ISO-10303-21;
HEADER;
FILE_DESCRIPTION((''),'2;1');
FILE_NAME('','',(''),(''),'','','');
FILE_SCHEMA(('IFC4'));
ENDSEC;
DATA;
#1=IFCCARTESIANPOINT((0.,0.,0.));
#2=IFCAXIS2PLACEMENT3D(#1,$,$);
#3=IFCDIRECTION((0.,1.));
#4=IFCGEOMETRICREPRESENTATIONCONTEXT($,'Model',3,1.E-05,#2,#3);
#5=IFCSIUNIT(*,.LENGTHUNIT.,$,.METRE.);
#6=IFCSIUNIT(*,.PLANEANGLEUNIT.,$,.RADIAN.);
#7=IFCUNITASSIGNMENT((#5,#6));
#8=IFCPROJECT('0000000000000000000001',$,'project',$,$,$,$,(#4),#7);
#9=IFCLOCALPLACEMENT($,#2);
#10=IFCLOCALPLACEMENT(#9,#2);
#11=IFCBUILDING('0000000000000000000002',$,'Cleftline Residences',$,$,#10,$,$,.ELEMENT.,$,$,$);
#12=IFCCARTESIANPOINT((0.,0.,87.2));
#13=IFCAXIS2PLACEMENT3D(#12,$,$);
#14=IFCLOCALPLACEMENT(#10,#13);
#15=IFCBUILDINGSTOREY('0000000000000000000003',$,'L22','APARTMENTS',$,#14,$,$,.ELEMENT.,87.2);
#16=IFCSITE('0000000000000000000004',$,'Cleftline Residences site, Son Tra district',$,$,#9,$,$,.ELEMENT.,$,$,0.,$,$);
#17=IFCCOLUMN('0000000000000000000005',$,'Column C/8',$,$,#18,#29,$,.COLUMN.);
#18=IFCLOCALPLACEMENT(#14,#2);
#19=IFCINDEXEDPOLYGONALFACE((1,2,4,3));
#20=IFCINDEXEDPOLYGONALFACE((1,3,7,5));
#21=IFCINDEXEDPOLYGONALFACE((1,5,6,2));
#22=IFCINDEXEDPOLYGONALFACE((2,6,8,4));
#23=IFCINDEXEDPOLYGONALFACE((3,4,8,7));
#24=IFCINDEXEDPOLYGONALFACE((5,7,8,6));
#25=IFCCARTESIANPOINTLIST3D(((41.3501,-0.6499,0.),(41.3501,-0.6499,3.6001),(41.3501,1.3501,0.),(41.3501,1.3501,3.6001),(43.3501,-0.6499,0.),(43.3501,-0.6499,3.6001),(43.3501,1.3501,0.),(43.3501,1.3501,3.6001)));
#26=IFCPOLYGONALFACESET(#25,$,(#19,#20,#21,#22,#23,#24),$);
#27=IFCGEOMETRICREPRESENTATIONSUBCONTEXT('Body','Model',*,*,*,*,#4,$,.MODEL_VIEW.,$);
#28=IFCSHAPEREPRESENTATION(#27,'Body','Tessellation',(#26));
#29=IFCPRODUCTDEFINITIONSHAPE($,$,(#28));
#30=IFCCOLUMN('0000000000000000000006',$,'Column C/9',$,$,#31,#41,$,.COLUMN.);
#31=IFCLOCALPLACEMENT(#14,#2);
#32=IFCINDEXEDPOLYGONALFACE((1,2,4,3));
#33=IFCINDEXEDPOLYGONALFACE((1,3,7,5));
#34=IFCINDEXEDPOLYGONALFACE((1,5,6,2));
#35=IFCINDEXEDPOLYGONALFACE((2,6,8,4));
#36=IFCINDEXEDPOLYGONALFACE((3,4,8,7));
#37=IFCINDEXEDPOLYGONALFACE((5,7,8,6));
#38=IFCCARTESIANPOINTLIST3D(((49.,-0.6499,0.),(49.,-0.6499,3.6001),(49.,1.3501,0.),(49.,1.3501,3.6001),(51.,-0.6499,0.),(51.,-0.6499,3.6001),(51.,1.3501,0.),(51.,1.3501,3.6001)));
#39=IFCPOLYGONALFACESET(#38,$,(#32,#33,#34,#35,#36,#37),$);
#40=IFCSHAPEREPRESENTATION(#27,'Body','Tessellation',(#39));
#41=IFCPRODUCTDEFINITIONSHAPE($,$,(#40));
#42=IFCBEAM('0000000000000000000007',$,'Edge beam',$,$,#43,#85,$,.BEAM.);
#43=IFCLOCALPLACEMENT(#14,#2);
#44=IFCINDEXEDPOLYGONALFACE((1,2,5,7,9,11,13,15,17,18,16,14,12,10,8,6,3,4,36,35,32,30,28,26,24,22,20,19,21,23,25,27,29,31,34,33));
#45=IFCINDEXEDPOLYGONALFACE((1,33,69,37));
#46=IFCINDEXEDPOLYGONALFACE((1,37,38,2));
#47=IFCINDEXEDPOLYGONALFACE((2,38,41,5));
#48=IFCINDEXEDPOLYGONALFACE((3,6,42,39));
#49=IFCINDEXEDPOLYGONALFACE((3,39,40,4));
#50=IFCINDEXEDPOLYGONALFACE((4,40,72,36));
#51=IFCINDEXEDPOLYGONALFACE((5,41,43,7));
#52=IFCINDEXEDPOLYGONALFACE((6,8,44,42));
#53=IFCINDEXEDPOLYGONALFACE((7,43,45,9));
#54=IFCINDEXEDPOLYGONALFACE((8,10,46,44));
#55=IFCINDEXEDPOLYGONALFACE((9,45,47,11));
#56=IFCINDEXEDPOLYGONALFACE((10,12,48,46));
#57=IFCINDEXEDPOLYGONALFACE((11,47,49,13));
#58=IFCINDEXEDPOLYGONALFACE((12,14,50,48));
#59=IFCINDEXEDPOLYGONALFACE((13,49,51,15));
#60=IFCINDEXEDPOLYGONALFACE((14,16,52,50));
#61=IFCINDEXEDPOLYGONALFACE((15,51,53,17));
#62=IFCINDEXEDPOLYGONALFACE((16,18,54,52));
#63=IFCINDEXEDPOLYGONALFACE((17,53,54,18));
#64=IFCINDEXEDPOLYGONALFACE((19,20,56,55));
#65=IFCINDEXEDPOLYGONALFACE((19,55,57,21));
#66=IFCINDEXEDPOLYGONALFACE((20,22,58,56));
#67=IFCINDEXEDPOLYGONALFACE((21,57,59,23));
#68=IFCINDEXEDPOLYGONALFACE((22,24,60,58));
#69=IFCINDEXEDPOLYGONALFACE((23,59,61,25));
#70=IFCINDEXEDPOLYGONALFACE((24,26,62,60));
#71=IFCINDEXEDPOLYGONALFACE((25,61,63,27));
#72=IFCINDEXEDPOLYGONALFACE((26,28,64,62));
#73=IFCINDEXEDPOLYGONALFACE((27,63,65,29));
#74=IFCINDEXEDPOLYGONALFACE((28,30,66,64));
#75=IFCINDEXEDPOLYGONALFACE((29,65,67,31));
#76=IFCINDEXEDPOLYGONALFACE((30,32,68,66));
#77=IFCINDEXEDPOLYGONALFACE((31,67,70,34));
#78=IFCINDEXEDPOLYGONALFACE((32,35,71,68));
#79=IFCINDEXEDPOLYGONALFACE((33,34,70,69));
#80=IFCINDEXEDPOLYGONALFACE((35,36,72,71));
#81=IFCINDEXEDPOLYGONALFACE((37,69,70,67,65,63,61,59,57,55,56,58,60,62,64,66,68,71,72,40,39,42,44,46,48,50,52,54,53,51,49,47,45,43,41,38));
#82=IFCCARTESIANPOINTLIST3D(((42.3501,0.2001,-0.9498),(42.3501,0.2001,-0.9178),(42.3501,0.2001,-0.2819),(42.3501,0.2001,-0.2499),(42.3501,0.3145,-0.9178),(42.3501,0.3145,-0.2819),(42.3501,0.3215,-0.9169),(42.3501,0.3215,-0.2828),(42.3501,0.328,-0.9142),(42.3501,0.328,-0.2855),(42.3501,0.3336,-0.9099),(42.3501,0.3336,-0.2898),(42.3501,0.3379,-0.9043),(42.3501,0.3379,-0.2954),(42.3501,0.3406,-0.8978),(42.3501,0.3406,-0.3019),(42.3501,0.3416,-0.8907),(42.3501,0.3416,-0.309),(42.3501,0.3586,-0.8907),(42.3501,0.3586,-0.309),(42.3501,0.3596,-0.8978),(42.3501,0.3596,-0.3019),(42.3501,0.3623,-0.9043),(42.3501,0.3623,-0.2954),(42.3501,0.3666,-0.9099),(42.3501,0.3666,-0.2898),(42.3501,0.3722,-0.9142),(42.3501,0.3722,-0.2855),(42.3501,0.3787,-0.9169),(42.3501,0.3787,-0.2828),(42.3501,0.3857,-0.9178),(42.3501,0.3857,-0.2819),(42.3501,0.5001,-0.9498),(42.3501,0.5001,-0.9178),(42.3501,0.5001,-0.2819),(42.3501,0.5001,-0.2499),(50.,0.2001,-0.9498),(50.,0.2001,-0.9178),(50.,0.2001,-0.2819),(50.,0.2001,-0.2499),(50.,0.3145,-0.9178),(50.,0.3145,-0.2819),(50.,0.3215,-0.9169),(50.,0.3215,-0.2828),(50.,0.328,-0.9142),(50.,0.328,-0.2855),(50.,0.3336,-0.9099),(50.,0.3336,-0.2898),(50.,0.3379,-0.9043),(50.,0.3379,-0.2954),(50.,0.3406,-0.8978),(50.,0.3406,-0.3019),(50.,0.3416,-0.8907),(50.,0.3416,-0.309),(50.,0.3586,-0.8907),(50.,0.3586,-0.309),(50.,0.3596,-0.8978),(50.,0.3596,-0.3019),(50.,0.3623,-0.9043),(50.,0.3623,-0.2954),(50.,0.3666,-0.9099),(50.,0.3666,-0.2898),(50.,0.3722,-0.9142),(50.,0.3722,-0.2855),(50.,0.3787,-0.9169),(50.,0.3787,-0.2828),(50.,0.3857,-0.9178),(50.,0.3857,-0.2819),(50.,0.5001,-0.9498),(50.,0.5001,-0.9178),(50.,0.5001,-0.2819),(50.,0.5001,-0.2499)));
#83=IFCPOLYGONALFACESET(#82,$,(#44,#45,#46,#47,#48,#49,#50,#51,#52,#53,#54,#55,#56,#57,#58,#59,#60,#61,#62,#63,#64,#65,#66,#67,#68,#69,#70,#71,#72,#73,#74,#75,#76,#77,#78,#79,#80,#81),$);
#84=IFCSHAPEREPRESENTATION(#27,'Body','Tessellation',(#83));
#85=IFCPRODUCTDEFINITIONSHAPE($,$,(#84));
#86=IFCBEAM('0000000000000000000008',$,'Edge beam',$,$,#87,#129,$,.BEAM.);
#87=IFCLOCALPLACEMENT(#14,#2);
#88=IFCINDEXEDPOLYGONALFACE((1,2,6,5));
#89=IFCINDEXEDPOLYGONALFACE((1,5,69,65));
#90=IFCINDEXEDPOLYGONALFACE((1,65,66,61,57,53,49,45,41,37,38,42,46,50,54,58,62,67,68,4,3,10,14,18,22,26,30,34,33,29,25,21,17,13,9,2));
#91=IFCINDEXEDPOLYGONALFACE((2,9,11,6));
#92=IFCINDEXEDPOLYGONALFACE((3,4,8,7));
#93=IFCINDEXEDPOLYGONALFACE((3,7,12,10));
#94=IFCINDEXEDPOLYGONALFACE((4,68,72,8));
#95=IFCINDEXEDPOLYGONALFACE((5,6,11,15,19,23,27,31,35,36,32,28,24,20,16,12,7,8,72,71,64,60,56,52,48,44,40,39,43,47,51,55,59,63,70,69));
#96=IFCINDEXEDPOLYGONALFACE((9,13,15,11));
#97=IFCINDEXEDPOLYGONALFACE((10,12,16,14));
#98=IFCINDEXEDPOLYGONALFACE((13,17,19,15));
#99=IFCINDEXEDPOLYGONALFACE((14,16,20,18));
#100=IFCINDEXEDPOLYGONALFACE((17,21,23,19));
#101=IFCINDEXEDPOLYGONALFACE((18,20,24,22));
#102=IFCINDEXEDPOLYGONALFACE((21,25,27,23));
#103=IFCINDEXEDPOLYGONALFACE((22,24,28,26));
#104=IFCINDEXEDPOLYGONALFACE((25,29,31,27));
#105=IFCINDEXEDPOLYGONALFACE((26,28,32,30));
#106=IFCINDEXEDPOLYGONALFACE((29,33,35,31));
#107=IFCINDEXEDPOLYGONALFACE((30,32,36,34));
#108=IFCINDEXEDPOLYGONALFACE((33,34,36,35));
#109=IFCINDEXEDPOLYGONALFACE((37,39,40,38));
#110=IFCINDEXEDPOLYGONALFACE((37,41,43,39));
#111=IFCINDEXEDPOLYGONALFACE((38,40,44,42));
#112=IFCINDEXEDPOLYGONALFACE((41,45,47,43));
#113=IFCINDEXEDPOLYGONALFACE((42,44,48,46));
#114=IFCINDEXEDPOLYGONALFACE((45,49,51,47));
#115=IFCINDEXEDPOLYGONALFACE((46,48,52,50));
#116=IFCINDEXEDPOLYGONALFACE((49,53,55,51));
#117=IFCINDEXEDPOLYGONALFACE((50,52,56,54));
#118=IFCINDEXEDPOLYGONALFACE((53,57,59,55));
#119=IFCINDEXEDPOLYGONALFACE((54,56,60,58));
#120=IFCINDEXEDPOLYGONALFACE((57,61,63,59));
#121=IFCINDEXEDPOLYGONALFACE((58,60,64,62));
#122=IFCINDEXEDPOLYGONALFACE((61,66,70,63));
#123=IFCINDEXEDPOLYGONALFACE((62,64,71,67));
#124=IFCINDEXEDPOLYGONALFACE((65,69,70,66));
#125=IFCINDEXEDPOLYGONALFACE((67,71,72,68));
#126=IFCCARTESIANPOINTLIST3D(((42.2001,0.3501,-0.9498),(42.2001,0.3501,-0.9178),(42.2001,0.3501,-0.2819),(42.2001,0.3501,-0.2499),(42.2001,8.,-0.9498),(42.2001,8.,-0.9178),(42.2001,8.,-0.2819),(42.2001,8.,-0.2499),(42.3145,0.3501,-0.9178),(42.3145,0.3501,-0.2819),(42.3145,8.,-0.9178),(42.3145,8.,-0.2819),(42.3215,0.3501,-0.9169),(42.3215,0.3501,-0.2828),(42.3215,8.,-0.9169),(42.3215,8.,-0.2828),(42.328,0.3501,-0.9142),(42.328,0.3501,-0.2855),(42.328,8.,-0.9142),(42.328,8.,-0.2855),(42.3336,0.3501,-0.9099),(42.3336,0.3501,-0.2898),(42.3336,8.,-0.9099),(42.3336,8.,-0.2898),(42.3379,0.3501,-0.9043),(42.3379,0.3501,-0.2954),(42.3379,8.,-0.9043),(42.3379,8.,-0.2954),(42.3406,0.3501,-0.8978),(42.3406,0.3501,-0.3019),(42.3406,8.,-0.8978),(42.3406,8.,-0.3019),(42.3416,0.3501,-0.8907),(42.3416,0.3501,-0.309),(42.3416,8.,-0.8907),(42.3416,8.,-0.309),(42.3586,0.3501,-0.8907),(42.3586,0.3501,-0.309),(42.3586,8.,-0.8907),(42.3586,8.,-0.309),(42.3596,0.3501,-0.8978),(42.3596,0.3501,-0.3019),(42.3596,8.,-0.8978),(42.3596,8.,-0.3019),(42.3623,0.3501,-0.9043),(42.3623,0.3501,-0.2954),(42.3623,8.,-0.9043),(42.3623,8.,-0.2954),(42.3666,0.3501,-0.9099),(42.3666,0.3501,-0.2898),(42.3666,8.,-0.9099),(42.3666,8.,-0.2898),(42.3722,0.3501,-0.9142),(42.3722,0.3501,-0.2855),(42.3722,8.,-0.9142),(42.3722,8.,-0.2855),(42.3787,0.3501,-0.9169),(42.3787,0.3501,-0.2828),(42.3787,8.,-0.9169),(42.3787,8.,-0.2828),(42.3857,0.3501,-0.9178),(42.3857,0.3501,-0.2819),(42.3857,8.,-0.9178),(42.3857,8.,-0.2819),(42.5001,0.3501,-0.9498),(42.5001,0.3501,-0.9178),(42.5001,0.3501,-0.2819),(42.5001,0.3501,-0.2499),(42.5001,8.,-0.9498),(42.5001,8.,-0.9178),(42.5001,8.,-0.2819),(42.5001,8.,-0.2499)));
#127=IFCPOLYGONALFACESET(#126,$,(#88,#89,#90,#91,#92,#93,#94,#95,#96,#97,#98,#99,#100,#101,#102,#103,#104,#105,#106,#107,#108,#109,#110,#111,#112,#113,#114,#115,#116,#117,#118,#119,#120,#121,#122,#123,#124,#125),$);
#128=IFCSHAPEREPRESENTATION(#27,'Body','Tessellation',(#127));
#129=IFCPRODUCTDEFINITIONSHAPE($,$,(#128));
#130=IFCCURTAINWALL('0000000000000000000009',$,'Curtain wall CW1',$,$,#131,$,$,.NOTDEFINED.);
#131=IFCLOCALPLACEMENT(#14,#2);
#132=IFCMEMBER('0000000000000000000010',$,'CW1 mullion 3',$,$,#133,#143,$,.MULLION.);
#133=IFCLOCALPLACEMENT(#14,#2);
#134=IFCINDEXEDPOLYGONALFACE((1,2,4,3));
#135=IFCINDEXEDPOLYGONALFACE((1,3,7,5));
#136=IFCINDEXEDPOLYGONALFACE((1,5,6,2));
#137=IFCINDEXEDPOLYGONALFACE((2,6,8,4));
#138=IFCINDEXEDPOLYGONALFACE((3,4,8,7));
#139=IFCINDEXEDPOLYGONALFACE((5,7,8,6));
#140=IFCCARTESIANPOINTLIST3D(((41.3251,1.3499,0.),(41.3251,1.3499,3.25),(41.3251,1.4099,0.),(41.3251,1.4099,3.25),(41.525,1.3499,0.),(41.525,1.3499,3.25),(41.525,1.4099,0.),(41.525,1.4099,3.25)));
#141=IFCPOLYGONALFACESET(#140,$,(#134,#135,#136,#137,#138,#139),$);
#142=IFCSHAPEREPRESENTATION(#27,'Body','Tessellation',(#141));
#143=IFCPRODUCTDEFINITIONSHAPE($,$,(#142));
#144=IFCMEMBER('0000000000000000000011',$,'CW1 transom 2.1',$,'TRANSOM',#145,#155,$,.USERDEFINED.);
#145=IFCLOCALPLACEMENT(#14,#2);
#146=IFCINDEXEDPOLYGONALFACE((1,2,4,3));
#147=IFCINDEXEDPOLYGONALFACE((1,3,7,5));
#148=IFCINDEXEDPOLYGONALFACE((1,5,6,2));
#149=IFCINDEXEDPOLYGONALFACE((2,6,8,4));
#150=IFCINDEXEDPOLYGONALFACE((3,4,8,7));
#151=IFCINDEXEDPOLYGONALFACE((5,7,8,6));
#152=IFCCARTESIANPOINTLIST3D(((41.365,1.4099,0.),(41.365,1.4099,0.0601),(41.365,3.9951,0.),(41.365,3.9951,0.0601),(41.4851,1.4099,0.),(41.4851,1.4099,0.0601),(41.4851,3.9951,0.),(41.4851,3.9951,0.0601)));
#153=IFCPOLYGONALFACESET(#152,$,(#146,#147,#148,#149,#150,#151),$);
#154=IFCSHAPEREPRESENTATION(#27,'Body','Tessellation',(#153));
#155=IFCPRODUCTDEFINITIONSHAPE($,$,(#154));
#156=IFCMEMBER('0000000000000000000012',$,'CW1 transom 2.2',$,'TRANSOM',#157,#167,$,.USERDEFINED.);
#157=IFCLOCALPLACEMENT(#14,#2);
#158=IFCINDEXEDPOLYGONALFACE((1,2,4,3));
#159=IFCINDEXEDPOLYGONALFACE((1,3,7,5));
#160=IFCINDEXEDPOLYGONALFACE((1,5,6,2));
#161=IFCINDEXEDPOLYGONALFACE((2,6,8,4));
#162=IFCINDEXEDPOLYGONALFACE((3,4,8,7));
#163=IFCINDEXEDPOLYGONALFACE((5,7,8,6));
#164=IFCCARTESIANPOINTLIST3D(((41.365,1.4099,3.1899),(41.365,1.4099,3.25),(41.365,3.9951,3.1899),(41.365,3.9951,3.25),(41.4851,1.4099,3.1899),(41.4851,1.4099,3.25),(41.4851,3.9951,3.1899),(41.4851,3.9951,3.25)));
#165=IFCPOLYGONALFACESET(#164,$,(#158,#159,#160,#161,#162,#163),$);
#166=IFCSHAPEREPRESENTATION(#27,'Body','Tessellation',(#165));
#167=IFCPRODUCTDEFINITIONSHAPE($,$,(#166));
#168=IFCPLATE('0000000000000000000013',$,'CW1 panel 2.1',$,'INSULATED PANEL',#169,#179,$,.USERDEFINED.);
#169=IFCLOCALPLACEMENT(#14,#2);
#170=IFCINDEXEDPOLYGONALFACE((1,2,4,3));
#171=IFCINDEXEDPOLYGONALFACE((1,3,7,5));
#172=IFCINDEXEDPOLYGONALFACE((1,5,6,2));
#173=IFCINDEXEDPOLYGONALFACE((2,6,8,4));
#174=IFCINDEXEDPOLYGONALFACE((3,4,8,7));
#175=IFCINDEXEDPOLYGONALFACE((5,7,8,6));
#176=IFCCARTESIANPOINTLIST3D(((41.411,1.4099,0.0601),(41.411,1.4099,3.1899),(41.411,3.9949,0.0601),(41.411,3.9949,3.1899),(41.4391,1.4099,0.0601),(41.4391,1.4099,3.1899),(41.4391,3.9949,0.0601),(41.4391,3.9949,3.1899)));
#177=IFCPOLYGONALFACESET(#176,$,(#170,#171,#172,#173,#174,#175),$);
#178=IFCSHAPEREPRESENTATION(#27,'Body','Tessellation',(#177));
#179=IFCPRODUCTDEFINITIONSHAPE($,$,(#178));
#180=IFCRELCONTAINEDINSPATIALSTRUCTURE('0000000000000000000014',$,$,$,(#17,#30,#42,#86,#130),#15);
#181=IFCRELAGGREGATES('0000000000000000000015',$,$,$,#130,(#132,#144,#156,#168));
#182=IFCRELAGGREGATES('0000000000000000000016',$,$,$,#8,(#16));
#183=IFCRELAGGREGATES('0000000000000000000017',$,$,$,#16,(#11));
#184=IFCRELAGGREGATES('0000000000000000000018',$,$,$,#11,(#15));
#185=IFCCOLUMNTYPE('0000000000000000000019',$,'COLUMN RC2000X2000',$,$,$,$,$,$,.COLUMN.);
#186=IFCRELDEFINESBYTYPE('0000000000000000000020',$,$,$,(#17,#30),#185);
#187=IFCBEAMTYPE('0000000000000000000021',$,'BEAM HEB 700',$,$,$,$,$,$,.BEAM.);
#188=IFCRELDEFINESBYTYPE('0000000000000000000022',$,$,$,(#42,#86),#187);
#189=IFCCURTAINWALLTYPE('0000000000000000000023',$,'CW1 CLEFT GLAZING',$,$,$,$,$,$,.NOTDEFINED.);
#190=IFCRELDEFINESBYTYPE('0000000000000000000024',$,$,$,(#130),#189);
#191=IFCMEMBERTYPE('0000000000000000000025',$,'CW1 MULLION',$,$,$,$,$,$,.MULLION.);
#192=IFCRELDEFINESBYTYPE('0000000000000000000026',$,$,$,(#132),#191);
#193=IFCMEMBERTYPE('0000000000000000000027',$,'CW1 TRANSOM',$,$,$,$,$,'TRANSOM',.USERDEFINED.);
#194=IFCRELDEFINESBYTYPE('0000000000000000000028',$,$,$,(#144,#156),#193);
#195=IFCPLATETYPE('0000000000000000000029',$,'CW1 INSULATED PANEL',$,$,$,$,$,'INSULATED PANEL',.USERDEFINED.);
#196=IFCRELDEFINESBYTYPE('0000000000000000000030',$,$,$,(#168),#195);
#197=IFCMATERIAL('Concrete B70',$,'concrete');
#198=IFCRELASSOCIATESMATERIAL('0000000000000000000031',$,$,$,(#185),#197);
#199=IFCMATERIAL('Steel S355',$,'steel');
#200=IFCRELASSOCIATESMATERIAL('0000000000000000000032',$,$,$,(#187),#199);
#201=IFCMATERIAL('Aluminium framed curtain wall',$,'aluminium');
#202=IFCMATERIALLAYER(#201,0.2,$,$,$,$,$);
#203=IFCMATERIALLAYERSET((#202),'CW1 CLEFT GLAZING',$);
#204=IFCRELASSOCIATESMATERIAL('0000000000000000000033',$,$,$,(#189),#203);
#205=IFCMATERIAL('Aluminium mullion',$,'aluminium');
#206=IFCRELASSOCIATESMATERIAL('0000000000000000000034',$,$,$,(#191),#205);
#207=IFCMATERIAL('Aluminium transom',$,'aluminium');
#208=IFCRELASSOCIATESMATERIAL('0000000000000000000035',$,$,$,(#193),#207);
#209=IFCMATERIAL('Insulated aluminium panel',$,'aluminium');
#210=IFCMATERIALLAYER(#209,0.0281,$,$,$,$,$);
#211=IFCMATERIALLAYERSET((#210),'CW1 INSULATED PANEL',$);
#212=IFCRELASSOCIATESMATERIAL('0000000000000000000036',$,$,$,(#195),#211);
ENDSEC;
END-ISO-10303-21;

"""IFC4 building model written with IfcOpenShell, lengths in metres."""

from ifc_helpers import new_model, si_unit, direction, frame, origin, origin_2d, place, context, subcontext, project, spatial, rectangle, i_section, extrude, material, layer, layer_set, material_profile, profile_set, type_object, element, aggregate, save


model = new_model("IFC4")

# Units and contexts
model_context = context("Model", 3, precision=1e-05, world=origin(), true_north=direction((0.0, 1.0)))
body_context = subcontext(model_context, "Body", "Model", "MODEL_VIEW")
ifc_project = project(units=[si_unit("LENGTHUNIT", "METRE"), si_unit("PLANEANGLEUNIT", "RADIAN")], contexts=[model_context])

# Site, building, storey
site_placement = place(None, origin())
site = spatial("IfcSite", under=ifc_project, at=site_placement, Name="Cleftline Residences site, Son Tra district", CompositionType="ELEMENT", RefElevation=0.0)
building_placement = place(site_placement, origin())
building = spatial("IfcBuilding", under=site, at=building_placement, Name="Cleftline Residences", CompositionType="ELEMENT")
storey_placement = place(building_placement, frame((0.0, 0.0, 87.2)))
storey = spatial("IfcBuildingStorey", under=building, at=storey_placement, Name="L22", Description="APARTMENTS", CompositionType="ELEMENT", Elevation=87.2)

# Columns
ifc_material_1 = material(Name="Concrete B70", Category="concrete")
ifc_material_profile_1 = material_profile(ifc_material_1, rectangle(XDim=2.0, YDim=2.0, at=origin_2d()))
ifc_profile_set_1 = profile_set([ifc_material_profile_1], Name="Concrete B70")
column_type = type_object("IfcColumnType", Name="COLUMN RC2000X2000", PredefinedType="COLUMN", material=ifc_profile_set_1)
for number, where, z_axis, x_axis, name in (
    (1, (42.3501, 0.3501, 0.0), (0.0, 0.0, 1.0), (1.0, 0.0, 0.0), "Column C/8"),
    (2, (50.0, 0.3501, 0.0), (0.0, 0.0, 1.0), (1.0, 0.0, 0.0), "Column C/9"),
):
    element("IfcColumn", number, at=place(storey_placement, frame(where, z_axis=z_axis, x_axis=x_axis)), inside=storey, type_object=column_type, Name=name, PredefinedType="COLUMN", context=body_context, shape_type="SweptSolid", body=[
        extrude(rectangle(XDim=2.0, YDim=2.0, at=origin_2d()), origin(), (0.0, 0.0, 1.0), 3.6001),
    ])

# Beams
ifc_material_2 = material(Name="Steel S355", Category="steel")
ifc_material_profile_2 = material_profile(ifc_material_2, i_section(OverallWidth=0.3, OverallDepth=0.7, WebThickness=0.0171, FlangeThickness=0.032, FilletRadius=0.0271, at=origin_2d()))
ifc_profile_set_2 = profile_set([ifc_material_profile_2], Name="Steel S355")
beam_type = type_object("IfcBeamType", Name="BEAM HEB 700", PredefinedType="BEAM", material=ifc_profile_set_2)
for number, where, z_axis, x_axis, name in (
    (3, (50.0, 0.3501, -0.5999), (-1.0, 0.0, 0.0), (0.0, -1.0, 0.0), "Edge beam"),
    (4, (42.3501, 0.3501, -0.5999), (0.0, 1.0, 0.0), (-1.0, 0.0, 0.0), "Edge beam"),
):
    element("IfcBeam", number, at=place(storey_placement, frame(where, z_axis=z_axis, x_axis=x_axis)), inside=storey, type_object=beam_type, Name=name, PredefinedType="BEAM", context=body_context, shape_type="SweptSolid", body=[
        extrude(i_section(OverallWidth=0.3, OverallDepth=0.7, WebThickness=0.0171, FlangeThickness=0.032, FilletRadius=0.0271, at=origin_2d()), origin(), (0.0, 0.0, 1.0), 7.6499),
    ])

# Curtain wall, members, plate
ifc_material_3 = material(Name="Aluminium framed curtain wall", Category="aluminium")
ifc_layer_1 = layer(ifc_material_3, 0.2)
ifc_layer_set_1 = layer_set([ifc_layer_1], Name="CW1 CLEFT GLAZING")
curtain_wall_type = type_object("IfcCurtainWallType", Name="CW1 CLEFT GLAZING", PredefinedType="NOTDEFINED", material=ifc_layer_set_1)
curtain_wall_placement = place(storey_placement, origin())
curtain_wall = element("IfcCurtainWall", 5, at=curtain_wall_placement, inside=storey, type_object=curtain_wall_type, Name="Curtain wall CW1", PredefinedType="NOTDEFINED")
ifc_material_4 = material(Name="Aluminium mullion", Category="aluminium")
ifc_material_profile_3 = material_profile(ifc_material_4, rectangle(XDim=0.2, YDim=0.0601, at=origin_2d()))
ifc_profile_set_3 = profile_set([ifc_material_profile_3], Name="Aluminium mullion")
member_type_1 = type_object("IfcMemberType", Name="CW1 MULLION", PredefinedType="MULLION", material=ifc_profile_set_3)
member_1_placement = place(storey_placement, frame((41.425, 1.3799, 0.0), z_axis=(0.0, 0.0, 1.0), x_axis=(1.0, 0.0, 0.0)))
member_1 = element("IfcMember", 6, at=member_1_placement, type_object=member_type_1, Name="CW1 mullion 3", PredefinedType="MULLION", context=body_context, shape_type="SweptSolid", body=[
    extrude(rectangle(XDim=0.2, YDim=0.0601, at=origin_2d()), origin(), (0.0, 0.0, 1.0), 3.25),
])
ifc_material_5 = material(Name="Aluminium transom", Category="aluminium")
ifc_material_profile_4 = material_profile(ifc_material_5, rectangle(XDim=0.1201, YDim=0.0601, at=origin_2d()))
ifc_profile_set_4 = profile_set([ifc_material_profile_4], Name="Aluminium transom")
member_type_2 = type_object("IfcMemberType", Name="CW1 TRANSOM", ElementType="TRANSOM", PredefinedType="USERDEFINED", material=ifc_profile_set_4)
member_2_placement = place(storey_placement, frame((41.425, 3.9951, 0.03), z_axis=(0.0, -1.0, 0.0), x_axis=(1.0, 0.0, 0.0)))
member_2 = element("IfcMember", 7, at=member_2_placement, type_object=member_type_2, Name="CW1 transom 2.1", ObjectType="TRANSOM", PredefinedType="USERDEFINED", context=body_context, shape_type="SweptSolid", body=[
    extrude(rectangle(XDim=0.1201, YDim=0.0601, at=origin_2d()), origin(), (0.0, 0.0, 1.0), 2.5852),
])
member_3_placement = place(storey_placement, frame((41.425, 3.9951, 3.22), z_axis=(0.0, -1.0, 0.0), x_axis=(1.0, 0.0, 0.0)))
member_3 = element("IfcMember", 8, at=member_3_placement, type_object=member_type_2, Name="CW1 transom 2.2", ObjectType="TRANSOM", PredefinedType="USERDEFINED", context=body_context, shape_type="SweptSolid", body=[
    extrude(rectangle(XDim=0.1201, YDim=0.0601, at=origin_2d()), origin(), (0.0, 0.0, 1.0), 2.5852),
])
ifc_material_6 = material(Name="Insulated aluminium panel", Category="aluminium")
ifc_layer_2 = layer(ifc_material_6, 0.0281)
ifc_layer_set_2 = layer_set([ifc_layer_2], Name="CW1 INSULATED PANEL")
plate_type = type_object("IfcPlateType", Name="CW1 INSULATED PANEL", ElementType="INSULATED PANEL", PredefinedType="USERDEFINED", material=ifc_layer_set_2)
plate_placement = place(storey_placement, frame((41.425, 2.7024, 0.0601), z_axis=(0.0, 0.0, 1.0), x_axis=(0.0, -1.0, 0.0)))
plate = element("IfcPlate", 9, at=plate_placement, type_object=plate_type, Name="CW1 panel 2.1", ObjectType="INSULATED PANEL", PredefinedType="USERDEFINED", context=body_context, shape_type="SweptSolid", body=[
    extrude(rectangle(XDim=2.585, YDim=0.0281, at=origin_2d()), origin(), (0.0, 0.0, 1.0), 3.1299),
])
aggregate(curtain_wall, [member_1, member_2, member_3, plate])

save(model, "model.ifc")
